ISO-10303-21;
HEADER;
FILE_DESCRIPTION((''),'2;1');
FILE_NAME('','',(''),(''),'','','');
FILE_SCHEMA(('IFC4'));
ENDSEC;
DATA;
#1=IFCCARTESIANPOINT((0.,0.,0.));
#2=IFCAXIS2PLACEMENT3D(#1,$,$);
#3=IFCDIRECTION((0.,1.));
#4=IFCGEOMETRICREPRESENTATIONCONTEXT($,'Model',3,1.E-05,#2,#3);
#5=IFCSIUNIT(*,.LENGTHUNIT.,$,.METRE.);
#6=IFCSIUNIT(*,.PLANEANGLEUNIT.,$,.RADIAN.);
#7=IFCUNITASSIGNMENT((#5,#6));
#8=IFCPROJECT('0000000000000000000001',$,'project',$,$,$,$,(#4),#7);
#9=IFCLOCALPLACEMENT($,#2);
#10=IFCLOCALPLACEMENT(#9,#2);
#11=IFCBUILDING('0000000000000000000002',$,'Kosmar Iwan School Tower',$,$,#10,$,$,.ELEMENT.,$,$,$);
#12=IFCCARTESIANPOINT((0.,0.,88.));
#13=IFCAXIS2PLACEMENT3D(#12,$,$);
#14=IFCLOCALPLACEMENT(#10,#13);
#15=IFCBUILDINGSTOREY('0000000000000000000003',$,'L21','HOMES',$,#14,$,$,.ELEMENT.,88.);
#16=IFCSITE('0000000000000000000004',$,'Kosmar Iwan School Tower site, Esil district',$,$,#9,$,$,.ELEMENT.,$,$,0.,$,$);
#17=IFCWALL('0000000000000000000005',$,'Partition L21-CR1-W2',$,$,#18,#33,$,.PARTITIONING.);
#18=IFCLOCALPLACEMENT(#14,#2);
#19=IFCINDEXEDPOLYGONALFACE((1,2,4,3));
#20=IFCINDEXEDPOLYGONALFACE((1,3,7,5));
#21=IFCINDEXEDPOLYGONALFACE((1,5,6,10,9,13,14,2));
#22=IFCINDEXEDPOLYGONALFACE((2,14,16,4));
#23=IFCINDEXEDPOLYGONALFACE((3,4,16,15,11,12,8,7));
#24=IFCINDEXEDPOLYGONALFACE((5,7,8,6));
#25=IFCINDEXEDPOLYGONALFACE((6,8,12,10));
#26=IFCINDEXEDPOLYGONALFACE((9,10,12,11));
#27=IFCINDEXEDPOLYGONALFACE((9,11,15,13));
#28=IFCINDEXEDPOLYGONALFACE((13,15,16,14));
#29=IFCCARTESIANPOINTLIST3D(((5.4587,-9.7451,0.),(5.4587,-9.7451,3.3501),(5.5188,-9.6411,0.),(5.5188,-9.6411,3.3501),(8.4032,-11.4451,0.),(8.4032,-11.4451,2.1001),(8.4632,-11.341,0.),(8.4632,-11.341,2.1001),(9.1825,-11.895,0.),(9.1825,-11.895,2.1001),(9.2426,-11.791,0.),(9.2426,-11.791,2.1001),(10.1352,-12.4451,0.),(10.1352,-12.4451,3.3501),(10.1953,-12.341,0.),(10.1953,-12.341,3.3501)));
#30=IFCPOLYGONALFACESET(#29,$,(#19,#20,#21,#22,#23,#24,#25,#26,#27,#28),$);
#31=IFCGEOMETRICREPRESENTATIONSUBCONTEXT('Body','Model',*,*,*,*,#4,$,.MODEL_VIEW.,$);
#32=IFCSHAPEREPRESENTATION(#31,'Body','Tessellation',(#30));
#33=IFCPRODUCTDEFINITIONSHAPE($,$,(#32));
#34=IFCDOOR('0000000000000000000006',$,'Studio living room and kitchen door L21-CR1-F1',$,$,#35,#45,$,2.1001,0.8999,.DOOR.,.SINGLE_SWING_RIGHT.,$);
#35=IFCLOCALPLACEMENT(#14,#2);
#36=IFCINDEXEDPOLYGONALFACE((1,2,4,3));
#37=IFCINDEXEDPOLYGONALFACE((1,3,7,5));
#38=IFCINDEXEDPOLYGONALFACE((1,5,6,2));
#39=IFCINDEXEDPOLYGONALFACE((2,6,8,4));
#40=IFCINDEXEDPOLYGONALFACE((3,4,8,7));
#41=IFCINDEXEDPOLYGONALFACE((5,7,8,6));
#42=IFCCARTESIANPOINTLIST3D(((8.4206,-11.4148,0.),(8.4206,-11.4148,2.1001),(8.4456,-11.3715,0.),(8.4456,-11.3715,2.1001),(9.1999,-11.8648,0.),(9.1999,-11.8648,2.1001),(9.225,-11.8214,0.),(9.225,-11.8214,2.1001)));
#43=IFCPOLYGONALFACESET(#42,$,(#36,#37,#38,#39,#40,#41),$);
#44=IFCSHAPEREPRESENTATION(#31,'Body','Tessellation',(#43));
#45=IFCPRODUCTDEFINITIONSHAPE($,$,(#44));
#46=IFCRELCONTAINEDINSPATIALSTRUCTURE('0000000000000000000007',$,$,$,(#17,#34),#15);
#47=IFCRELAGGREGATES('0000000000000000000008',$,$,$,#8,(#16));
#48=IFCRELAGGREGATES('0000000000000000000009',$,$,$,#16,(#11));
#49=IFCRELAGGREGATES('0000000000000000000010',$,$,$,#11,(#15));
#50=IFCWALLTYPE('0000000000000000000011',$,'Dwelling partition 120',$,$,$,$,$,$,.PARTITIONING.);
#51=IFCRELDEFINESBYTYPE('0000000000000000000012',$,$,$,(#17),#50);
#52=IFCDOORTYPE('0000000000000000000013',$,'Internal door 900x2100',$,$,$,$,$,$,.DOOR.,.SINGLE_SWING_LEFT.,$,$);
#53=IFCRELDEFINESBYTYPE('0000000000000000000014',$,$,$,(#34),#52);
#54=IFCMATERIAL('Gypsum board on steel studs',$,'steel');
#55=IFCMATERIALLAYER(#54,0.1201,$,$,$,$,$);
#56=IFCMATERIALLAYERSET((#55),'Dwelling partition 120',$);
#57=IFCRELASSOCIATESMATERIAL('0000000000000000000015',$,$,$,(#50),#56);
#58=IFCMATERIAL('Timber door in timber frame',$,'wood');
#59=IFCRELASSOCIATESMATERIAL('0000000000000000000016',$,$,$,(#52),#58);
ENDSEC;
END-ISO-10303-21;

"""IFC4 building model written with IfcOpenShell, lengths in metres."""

from ifc_helpers import new_model, si_unit, direction, frame, frame_2d, origin, place, context, subcontext, project, spatial, rectangle, extrude, material, layer, layer_set, type_object, element, fill, save


model = new_model("IFC4")

# Units and contexts
model_context = context("Model", 3, precision=1e-05, world=origin(), true_north=direction((0.0, 1.0)))
body_context = subcontext(model_context, "Body", "Model", "MODEL_VIEW")
ifc_project = project(units=[si_unit("LENGTHUNIT", "METRE"), si_unit("PLANEANGLEUNIT", "RADIAN")], contexts=[model_context])

# Site, building, storey
site_placement = place(None, origin())
site = spatial("IfcSite", under=ifc_project, at=site_placement, Name="Kosmar Iwan School Tower site, Esil district", CompositionType="ELEMENT", RefElevation=0.0)
building_placement = place(site_placement, origin())
building = spatial("IfcBuilding", under=site, at=building_placement, Name="Kosmar Iwan School Tower", CompositionType="ELEMENT")
storey_placement = place(building_placement, frame((0.0, 0.0, 88.0)))
storey = spatial("IfcBuildingStorey", under=building, at=storey_placement, Name="L21", Description="HOMES", CompositionType="ELEMENT", Elevation=88.0)

# Wall, opening, door
ifc_material_1 = material(Name="Gypsum board on steel studs", Category="steel")
ifc_layer_1 = layer(ifc_material_1, 0.1201)
ifc_layer_set_1 = layer_set([ifc_layer_1], Name="Dwelling partition 120")
wall_type_1 = type_object("IfcWallType", Name="Dwelling partition 120", PredefinedType="PARTITIONING", material=ifc_layer_set_1)
wall_1_placement = place(storey_placement, frame((5.4888, -9.6931, 0.0), z_axis=(0.0, 0.0, 1.0), x_axis=(0.866028, -0.499995, 0.0)))
wall_1 = element("IfcWall", 1, at=wall_1_placement, inside=storey, type_object=wall_type_1, Name="Partition L21-CR1-W2", PredefinedType="PARTITIONING", context=body_context, shape_type="SweptSolid", body=[
    extrude(rectangle(XDim=5.3999, YDim=0.1201, at=frame_2d((2.7, 0.0))), origin(), (0.0, 0.0, 1.0), 3.3501),
])
opening_1_placement = place(wall_1_placement, frame((3.3999, 0.0, 0.0)))
opening_1 = element("IfcOpeningElement", 2, at=opening_1_placement, cuts=wall_1, PredefinedType="OPENING", context=body_context, shape_type="SweptSolid", body=[
    extrude(rectangle(XDim=0.8999, YDim=2.1001, at=frame_2d((0.45, 1.05))), frame((0.0, 0.072, 0.0), z_axis=(0.0, -1.0, 0.0), x_axis=(1.0, 0.0, 0.0)), (0.0, 0.0, 1.0), 0.144),
])
ifc_material_2 = material(Name="Timber door in timber frame", Category="wood")
door_type = type_object("IfcDoorType", Name="Internal door 900x2100", OperationType="SINGLE_SWING_LEFT", PredefinedType="DOOR", material=ifc_material_2)
door_placement = place(opening_1_placement, origin())
door = element("IfcDoor", 3, at=door_placement, inside=storey, type_object=door_type, Name="Studio living room and kitchen door L21-CR1-F1", OperationType="SINGLE_SWING_RIGHT", OverallHeight=2.1001, OverallWidth=0.8999, PredefinedType="DOOR", context=body_context, shape_type="SweptSolid", body=[
    extrude(rectangle(XDim=0.8999, YDim=2.1001, at=frame_2d((0.45, 1.05))), frame((0.0, 0.0249, 0.0), z_axis=(0.0, -1.0, 0.0), x_axis=(1.0, 0.0, 0.0)), (0.0, 0.0, 1.0), 0.05),
])
fill(opening_1, door)

save(model, "model.ifc")
